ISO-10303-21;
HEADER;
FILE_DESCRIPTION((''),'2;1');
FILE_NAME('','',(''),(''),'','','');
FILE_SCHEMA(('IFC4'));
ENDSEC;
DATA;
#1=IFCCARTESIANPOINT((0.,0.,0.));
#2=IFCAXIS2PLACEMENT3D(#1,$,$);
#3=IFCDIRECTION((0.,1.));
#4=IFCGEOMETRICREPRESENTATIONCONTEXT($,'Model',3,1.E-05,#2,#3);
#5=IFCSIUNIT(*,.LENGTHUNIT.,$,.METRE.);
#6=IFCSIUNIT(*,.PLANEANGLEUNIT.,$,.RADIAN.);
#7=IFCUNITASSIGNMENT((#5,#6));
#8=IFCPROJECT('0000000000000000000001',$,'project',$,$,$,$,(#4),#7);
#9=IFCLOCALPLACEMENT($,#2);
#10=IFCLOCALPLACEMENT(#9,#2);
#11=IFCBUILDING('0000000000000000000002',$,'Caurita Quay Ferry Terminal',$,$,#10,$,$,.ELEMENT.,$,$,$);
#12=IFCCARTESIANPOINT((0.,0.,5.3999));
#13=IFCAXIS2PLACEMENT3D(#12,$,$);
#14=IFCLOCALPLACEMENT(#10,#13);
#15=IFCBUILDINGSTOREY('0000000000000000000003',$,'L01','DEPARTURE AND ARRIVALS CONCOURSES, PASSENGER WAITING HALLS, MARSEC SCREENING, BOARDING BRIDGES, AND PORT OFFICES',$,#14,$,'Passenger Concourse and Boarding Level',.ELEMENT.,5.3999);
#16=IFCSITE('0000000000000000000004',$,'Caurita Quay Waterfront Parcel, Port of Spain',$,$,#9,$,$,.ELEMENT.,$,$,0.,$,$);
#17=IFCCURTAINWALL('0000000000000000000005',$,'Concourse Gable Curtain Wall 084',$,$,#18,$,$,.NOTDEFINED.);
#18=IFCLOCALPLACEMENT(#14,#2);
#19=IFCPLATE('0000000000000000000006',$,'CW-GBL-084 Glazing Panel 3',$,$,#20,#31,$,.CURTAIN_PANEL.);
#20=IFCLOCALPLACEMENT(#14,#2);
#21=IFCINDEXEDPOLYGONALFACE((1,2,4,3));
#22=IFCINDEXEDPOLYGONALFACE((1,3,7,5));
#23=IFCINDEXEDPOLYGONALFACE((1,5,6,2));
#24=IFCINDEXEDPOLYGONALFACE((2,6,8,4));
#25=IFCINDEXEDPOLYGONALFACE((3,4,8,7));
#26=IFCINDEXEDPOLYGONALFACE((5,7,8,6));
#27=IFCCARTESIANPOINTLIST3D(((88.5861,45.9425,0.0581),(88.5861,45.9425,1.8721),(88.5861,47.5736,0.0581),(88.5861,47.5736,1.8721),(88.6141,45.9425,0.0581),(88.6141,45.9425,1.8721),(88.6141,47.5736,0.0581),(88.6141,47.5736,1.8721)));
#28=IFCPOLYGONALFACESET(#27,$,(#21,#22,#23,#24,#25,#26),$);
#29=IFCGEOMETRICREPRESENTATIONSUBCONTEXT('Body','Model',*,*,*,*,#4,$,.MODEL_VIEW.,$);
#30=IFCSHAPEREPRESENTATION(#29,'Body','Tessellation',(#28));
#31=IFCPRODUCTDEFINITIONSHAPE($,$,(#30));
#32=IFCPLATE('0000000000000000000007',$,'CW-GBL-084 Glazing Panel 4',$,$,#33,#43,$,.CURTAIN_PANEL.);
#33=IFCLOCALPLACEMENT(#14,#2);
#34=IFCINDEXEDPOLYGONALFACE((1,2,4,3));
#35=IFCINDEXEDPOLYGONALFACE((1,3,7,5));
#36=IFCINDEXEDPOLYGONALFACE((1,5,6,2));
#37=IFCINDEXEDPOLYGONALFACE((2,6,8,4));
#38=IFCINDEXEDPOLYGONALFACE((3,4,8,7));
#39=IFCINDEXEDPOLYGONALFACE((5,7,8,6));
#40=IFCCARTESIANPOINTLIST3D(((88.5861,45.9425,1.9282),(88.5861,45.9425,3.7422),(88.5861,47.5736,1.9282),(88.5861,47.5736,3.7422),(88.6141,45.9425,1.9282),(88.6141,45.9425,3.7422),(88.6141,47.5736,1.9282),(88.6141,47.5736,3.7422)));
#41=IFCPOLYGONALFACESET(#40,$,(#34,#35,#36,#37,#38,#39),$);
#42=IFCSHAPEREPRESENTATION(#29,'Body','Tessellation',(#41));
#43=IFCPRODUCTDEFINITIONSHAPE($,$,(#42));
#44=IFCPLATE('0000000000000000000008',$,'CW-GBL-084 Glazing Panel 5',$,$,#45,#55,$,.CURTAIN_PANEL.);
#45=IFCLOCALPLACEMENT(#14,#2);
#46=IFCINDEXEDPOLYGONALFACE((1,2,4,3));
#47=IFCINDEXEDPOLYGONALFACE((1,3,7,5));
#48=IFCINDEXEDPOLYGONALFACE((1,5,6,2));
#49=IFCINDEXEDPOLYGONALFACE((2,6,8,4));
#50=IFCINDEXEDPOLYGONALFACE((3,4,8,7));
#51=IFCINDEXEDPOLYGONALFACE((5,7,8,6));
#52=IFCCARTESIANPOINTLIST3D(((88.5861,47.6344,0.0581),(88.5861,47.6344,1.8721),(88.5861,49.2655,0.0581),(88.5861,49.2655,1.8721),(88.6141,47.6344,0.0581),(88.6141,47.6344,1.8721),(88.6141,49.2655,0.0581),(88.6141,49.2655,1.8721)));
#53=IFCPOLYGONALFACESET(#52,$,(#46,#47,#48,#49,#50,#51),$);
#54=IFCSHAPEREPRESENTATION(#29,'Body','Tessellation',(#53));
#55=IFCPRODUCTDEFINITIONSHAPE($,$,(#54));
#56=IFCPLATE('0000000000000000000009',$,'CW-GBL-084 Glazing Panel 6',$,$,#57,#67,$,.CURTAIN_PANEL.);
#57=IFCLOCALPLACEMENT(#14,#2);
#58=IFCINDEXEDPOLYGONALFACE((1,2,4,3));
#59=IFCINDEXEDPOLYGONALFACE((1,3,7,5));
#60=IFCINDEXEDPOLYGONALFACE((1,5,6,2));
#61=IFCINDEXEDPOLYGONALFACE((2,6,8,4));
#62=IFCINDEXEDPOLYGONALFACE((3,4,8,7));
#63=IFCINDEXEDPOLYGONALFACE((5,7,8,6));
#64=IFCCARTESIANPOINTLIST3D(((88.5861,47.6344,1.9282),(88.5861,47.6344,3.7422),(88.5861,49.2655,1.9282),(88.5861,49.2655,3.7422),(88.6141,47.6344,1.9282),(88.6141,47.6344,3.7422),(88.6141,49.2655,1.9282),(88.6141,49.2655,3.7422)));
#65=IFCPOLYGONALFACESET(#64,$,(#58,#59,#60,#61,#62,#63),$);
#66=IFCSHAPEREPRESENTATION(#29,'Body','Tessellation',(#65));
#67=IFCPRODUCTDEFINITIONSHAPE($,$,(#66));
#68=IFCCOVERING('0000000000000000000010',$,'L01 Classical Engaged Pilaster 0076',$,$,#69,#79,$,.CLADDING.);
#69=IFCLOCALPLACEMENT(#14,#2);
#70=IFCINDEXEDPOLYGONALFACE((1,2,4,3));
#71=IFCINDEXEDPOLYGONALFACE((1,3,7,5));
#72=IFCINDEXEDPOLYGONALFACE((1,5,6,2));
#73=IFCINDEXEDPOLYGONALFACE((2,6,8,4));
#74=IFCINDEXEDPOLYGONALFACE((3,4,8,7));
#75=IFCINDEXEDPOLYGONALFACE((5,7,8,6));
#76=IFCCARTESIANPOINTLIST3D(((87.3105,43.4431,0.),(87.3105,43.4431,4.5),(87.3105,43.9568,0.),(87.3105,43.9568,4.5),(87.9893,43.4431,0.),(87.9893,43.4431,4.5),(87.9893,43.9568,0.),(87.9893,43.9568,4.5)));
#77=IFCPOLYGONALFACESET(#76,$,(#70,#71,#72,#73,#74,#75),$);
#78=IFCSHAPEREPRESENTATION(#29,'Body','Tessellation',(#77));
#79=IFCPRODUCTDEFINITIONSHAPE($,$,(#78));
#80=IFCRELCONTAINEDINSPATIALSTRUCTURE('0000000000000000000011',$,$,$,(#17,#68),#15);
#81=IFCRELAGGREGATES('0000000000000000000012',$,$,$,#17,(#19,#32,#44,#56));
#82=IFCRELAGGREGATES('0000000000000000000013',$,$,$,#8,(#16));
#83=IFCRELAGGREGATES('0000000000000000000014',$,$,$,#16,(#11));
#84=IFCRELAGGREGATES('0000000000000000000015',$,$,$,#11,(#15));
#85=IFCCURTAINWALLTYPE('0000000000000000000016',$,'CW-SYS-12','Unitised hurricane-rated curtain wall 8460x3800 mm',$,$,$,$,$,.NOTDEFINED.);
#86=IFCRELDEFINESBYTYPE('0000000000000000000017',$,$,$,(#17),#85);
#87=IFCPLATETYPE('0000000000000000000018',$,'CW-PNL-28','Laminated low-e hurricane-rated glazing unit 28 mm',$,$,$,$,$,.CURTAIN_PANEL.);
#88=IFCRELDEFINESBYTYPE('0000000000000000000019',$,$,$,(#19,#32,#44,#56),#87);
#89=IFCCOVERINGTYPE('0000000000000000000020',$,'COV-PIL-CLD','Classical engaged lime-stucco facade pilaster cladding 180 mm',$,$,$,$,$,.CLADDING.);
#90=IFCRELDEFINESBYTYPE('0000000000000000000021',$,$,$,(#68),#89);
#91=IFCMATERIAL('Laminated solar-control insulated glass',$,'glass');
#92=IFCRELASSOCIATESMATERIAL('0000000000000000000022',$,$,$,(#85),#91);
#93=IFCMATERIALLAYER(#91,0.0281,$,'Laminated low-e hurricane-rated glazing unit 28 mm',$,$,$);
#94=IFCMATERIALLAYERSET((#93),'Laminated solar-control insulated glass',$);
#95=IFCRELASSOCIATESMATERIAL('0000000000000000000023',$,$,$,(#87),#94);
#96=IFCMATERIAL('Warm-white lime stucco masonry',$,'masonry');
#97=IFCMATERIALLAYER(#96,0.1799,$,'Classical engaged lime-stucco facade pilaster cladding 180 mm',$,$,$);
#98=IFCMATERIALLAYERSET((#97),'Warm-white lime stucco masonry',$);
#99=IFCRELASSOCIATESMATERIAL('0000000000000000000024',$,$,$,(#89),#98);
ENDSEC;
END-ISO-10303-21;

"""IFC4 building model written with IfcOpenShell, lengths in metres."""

from ifc_helpers import new_model, si_unit, direction, frame, origin, origin_2d, place, context, subcontext, project, spatial, rectangle, extrude, material, layer, layer_set, type_object, element, aggregate, save


model = new_model("IFC4")

# Units and contexts
model_context = context("Model", 3, precision=1e-05, world=origin(), true_north=direction((0.0, 1.0)))
body_context = subcontext(model_context, "Body", "Model", "MODEL_VIEW")
ifc_project = project(units=[si_unit("LENGTHUNIT", "METRE"), si_unit("PLANEANGLEUNIT", "RADIAN")], contexts=[model_context])

# Site, building, storey
site_placement = place(None, origin())
site = spatial("IfcSite", under=ifc_project, at=site_placement, Name="Caurita Quay Waterfront Parcel, Port of Spain", CompositionType="ELEMENT", RefElevation=0.0)
building_placement = place(site_placement, origin())
building = spatial("IfcBuilding", under=site, at=building_placement, Name="Caurita Quay Ferry Terminal", CompositionType="ELEMENT")
storey_placement = place(building_placement, frame((0.0, 0.0, 5.3999)))
storey = spatial("IfcBuildingStorey", under=building, at=storey_placement, Name="L01", Description="DEPARTURE AND ARRIVALS CONCOURSES, PASSENGER WAITING HALLS, MARSEC SCREENING, BOARDING BRIDGES, AND PORT OFFICES", LongName="Passenger Concourse and Boarding Level", CompositionType="ELEMENT", Elevation=5.3999)

# Curtain wall, plates
ifc_material_1 = material(Name="Laminated solar-control insulated glass", Category="glass")
curtain_wall_type = type_object("IfcCurtainWallType", Name="CW-SYS-12", Description="Unitised hurricane-rated curtain wall 8460x3800 mm", PredefinedType="NOTDEFINED", material=ifc_material_1)
curtain_wall_placement = place(storey_placement, origin())
curtain_wall = element("IfcCurtainWall", 1, at=curtain_wall_placement, inside=storey, type_object=curtain_wall_type, Name="Concourse Gable Curtain Wall 084", PredefinedType="NOTDEFINED")
ifc_layer_1 = layer(ifc_material_1, 0.0281, Name="Laminated low-e hurricane-rated glazing unit 28 mm")
ifc_layer_set_1 = layer_set([ifc_layer_1], Name="Laminated solar-control insulated glass")
plate_type = type_object("IfcPlateType", Name="CW-PNL-28", Description="Laminated low-e hurricane-rated glazing unit 28 mm", PredefinedType="CURTAIN_PANEL", material=ifc_layer_set_1)
plate_1_placement = place(storey_placement, frame((88.6001, 46.7581, 0.0581), z_axis=(0.0, 0.0, 1.0), x_axis=(0.0, 1.0, 0.0)))
plate_1 = element("IfcPlate", 2, at=plate_1_placement, type_object=plate_type, Name="CW-GBL-084 Glazing Panel 3", PredefinedType="CURTAIN_PANEL", context=body_context, shape_type="SweptSolid", body=[
    extrude(rectangle(XDim=1.6311, YDim=0.0281, at=origin_2d()), origin(), (0.0, 0.0, 1.0), 1.814),
])
plate_2_placement = place(storey_placement, frame((88.6001, 46.7581, 1.9282), z_axis=(0.0, 0.0, 1.0), x_axis=(0.0, 1.0, 0.0)))
plate_2 = element("IfcPlate", 3, at=plate_2_placement, type_object=plate_type, Name="CW-GBL-084 Glazing Panel 4", PredefinedType="CURTAIN_PANEL", context=body_context, shape_type="SweptSolid", body=[
    extrude(rectangle(XDim=1.6311, YDim=0.0281, at=origin_2d()), origin(), (0.0, 0.0, 1.0), 1.814),
])
plate_3_placement = place(storey_placement, frame((88.6001, 48.45, 0.0581), z_axis=(0.0, 0.0, 1.0), x_axis=(0.0, 1.0, 0.0)))
plate_3 = element("IfcPlate", 4, at=plate_3_placement, type_object=plate_type, Name="CW-GBL-084 Glazing Panel 5", PredefinedType="CURTAIN_PANEL", context=body_context, shape_type="SweptSolid", body=[
    extrude(rectangle(XDim=1.6311, YDim=0.0281, at=origin_2d()), origin(), (0.0, 0.0, 1.0), 1.814),
])
plate_4_placement = place(storey_placement, frame((88.6001, 48.45, 1.9282), z_axis=(0.0, 0.0, 1.0), x_axis=(0.0, 1.0, 0.0)))
plate_4 = element("IfcPlate", 5, at=plate_4_placement, type_object=plate_type, Name="CW-GBL-084 Glazing Panel 6", PredefinedType="CURTAIN_PANEL", context=body_context, shape_type="SweptSolid", body=[
    extrude(rectangle(XDim=1.6311, YDim=0.0281, at=origin_2d()), origin(), (0.0, 0.0, 1.0), 1.814),
])
aggregate(curtain_wall, [plate_1, plate_2, plate_3, plate_4])

# Covering
ifc_material_2 = material(Name="Warm-white lime stucco masonry", Category="masonry")
ifc_layer_2 = layer(ifc_material_2, 0.1799, Name="Classical engaged lime-stucco facade pilaster cladding 180 mm")
ifc_layer_set_2 = layer_set([ifc_layer_2], Name="Warm-white lime stucco masonry")
covering_type = type_object("IfcCoveringType", Name="COV-PIL-CLD", Description="Classical engaged lime-stucco facade pilaster cladding 180 mm", PredefinedType="CLADDING", material=ifc_layer_set_2)
covering_placement = place(storey_placement, frame((87.6499, 43.7, 0.0), z_axis=(0.0, 0.0, 1.0), x_axis=(1.0, 0.0, 0.0)))
element("IfcCovering", 6, at=covering_placement, inside=storey, type_object=covering_type, Name="L01 Classical Engaged Pilaster 0076", PredefinedType="CLADDING", context=body_context, shape_type="SweptSolid", body=[
    extrude(rectangle(XDim=0.6787, YDim=0.5137, at=origin_2d()), origin(), (0.0, 0.0, 1.0), 4.5),
])

save(model, "model.ifc")
